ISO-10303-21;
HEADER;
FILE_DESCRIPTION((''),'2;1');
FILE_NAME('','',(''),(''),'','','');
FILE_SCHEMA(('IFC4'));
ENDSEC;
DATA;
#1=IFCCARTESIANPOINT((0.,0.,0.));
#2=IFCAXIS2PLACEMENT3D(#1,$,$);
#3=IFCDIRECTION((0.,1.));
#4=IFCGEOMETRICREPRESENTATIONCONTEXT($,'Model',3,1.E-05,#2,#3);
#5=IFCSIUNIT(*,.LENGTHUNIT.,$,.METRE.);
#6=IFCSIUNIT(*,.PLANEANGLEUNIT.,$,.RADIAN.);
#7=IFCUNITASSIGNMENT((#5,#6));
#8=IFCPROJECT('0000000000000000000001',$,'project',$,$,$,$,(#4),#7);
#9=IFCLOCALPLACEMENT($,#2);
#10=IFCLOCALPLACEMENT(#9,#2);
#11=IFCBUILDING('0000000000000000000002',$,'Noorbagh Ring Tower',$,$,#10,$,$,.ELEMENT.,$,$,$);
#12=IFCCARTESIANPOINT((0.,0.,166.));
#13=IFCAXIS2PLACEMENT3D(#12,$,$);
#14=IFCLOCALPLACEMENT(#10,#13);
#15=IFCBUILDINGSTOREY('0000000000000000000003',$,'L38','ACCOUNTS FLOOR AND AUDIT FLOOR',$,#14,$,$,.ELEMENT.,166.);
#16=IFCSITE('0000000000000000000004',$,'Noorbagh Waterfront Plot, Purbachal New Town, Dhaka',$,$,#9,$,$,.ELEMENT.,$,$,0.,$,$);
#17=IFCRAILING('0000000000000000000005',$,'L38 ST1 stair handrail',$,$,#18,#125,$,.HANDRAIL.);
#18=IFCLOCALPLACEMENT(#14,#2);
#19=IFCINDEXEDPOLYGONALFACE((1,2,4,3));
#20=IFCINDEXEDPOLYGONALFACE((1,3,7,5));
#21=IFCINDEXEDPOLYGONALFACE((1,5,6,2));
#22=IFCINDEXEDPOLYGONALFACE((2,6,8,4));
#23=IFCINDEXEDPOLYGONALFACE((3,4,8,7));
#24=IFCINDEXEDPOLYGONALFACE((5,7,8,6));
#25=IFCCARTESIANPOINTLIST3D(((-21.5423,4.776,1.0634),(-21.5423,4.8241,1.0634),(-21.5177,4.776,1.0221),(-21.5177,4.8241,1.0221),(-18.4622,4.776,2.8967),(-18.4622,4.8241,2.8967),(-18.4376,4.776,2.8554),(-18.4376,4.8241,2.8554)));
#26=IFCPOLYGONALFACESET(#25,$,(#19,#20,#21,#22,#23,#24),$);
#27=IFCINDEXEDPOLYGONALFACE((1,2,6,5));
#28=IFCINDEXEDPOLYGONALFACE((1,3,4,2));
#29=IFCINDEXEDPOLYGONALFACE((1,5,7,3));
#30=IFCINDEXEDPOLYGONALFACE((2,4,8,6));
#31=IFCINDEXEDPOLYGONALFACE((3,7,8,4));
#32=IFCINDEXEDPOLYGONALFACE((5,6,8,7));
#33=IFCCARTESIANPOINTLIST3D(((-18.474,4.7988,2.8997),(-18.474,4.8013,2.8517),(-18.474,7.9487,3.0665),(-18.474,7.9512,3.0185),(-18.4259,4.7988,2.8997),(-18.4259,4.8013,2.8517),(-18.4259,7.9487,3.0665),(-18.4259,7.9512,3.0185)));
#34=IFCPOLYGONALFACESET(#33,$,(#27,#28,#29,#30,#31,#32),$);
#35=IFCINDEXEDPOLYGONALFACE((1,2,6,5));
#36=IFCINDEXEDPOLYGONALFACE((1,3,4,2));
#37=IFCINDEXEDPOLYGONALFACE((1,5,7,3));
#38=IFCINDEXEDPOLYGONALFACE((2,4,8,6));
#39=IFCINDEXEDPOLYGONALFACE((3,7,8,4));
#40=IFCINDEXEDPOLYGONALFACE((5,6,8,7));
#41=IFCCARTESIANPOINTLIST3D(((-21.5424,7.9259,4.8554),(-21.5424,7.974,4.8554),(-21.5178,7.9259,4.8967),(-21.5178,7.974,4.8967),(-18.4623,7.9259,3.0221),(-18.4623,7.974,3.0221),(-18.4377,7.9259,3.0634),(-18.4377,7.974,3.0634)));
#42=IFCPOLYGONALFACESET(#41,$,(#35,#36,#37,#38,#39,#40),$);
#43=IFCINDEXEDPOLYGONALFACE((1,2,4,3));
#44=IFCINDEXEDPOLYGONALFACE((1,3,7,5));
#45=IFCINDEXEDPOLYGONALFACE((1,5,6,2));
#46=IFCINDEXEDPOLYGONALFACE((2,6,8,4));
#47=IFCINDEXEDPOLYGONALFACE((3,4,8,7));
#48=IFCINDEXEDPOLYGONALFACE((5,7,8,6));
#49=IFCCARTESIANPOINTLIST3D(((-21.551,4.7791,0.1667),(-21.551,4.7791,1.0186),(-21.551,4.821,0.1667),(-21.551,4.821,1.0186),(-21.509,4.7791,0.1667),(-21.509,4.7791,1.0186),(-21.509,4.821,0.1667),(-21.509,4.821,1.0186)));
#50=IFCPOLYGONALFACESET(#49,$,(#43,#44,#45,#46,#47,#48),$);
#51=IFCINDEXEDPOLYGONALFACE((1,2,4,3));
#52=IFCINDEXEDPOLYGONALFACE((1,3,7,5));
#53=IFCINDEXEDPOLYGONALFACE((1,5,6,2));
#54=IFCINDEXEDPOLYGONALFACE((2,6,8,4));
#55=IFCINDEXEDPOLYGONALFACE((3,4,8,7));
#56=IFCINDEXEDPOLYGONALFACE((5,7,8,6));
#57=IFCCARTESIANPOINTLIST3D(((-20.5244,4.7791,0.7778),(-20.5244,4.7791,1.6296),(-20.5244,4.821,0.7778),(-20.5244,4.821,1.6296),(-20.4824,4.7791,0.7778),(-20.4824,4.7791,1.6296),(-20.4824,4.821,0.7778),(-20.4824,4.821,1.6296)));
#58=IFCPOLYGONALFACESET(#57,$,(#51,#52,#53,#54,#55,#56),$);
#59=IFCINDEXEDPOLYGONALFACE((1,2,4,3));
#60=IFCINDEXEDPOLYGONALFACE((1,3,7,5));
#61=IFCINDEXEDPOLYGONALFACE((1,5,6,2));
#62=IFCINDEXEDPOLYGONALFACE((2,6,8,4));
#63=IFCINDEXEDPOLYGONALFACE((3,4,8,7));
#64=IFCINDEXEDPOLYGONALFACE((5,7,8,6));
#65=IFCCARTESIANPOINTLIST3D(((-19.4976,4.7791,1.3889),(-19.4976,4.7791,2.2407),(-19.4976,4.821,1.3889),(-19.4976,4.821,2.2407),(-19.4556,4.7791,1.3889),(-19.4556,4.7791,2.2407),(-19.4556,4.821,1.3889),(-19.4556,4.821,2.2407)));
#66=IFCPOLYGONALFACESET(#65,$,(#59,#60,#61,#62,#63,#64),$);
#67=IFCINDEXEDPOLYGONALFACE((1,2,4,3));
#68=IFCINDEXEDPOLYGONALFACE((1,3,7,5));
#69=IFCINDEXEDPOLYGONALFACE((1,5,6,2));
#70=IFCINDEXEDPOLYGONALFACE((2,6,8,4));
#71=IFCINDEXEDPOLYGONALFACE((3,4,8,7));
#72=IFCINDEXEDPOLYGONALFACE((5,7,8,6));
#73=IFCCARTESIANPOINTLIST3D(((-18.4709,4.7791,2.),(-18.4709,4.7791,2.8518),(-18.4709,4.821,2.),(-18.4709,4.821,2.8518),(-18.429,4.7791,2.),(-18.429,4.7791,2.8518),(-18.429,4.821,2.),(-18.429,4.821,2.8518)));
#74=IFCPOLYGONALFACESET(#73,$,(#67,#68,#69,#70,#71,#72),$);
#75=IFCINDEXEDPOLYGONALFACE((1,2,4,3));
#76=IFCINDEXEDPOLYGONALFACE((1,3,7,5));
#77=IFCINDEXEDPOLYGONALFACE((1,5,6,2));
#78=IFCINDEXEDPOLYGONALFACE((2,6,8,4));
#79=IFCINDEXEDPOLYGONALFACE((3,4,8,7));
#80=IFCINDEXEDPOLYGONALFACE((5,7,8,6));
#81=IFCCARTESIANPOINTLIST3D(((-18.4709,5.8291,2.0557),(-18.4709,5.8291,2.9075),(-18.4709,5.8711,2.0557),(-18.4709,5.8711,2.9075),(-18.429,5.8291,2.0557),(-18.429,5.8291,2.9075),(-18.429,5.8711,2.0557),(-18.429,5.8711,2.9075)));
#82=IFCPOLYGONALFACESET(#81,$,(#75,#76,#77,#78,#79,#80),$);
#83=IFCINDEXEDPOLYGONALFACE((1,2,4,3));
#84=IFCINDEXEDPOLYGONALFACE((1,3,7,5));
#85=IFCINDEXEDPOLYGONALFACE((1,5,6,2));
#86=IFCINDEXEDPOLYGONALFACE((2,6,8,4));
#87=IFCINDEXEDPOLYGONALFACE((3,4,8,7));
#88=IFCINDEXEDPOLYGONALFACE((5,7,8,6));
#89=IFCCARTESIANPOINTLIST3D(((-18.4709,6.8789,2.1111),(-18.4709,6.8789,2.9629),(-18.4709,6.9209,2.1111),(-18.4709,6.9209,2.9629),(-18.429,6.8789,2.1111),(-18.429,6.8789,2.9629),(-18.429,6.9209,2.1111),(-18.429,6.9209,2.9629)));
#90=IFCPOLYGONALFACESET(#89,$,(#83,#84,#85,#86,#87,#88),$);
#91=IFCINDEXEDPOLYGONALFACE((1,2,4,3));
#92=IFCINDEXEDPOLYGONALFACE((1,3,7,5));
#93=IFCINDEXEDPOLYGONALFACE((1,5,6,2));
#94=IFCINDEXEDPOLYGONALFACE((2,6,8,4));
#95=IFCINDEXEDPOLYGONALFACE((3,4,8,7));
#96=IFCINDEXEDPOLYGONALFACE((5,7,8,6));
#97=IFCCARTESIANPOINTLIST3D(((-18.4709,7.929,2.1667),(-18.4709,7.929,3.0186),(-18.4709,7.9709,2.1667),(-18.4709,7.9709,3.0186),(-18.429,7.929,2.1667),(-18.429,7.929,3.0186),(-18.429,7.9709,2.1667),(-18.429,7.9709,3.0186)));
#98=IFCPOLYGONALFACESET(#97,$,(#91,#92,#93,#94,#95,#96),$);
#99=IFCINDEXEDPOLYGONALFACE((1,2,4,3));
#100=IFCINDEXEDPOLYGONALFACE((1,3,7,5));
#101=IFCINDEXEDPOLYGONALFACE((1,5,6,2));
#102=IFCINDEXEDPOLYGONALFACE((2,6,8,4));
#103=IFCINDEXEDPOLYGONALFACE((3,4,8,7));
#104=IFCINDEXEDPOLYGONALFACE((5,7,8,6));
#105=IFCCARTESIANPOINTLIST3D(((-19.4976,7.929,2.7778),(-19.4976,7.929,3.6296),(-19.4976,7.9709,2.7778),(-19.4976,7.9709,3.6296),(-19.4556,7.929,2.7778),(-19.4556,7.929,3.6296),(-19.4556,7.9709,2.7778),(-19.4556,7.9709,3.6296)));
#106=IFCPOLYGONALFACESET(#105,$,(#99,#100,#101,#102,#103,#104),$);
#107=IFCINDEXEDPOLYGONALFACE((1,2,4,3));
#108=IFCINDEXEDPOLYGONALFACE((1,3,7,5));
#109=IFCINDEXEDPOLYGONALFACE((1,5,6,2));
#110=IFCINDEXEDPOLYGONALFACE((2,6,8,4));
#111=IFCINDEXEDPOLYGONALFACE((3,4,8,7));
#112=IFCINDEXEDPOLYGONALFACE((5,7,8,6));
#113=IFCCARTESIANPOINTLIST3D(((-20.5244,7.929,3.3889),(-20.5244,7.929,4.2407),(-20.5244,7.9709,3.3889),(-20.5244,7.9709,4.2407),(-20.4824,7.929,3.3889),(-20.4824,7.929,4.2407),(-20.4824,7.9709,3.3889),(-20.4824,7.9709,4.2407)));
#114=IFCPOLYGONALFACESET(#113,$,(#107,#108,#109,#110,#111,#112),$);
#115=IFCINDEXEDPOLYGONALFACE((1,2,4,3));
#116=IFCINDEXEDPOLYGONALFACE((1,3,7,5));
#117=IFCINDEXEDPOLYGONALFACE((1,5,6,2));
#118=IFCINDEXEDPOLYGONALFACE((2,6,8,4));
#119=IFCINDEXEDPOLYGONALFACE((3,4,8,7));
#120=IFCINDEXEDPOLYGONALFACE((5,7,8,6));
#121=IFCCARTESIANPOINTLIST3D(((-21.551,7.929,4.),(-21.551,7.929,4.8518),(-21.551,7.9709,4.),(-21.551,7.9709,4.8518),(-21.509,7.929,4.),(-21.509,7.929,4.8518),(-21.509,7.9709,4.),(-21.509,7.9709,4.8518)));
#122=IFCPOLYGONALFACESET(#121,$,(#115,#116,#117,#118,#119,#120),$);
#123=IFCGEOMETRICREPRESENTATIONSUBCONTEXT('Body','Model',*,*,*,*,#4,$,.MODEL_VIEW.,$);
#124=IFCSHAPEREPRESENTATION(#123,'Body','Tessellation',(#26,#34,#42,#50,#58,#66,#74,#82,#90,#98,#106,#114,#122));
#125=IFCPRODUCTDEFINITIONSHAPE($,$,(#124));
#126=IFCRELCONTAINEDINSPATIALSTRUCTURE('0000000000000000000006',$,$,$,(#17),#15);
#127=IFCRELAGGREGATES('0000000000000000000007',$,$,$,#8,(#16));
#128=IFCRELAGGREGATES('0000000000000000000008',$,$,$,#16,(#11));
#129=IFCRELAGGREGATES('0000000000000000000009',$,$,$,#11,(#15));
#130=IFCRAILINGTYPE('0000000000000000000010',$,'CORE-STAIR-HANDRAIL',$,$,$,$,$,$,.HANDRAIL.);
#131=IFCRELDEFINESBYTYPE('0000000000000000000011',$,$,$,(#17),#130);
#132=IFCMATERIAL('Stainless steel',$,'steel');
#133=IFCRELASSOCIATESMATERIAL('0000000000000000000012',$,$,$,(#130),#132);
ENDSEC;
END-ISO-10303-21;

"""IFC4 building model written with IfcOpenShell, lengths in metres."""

from ifc_helpers import new_model, si_unit, direction, frame, origin, origin_2d, place, context, subcontext, project, spatial, rectangle, extrude, material, type_object, element, save


model = new_model("IFC4")

# Units and contexts
model_context = context("Model", 3, precision=1e-05, world=origin(), true_north=direction((0.0, 1.0)))
body_context = subcontext(model_context, "Body", "Model", "MODEL_VIEW")
ifc_project = project(units=[si_unit("LENGTHUNIT", "METRE"), si_unit("PLANEANGLEUNIT", "RADIAN")], contexts=[model_context])

# Site, building, storey
site_placement = place(None, origin())
site = spatial("IfcSite", under=ifc_project, at=site_placement, Name="Noorbagh Waterfront Plot, Purbachal New Town, Dhaka", CompositionType="ELEMENT", RefElevation=0.0)
building_placement = place(site_placement, origin())
building = spatial("IfcBuilding", under=site, at=building_placement, Name="Noorbagh Ring Tower", CompositionType="ELEMENT")
storey_placement = place(building_placement, frame((0.0, 0.0, 166.0)))
storey = spatial("IfcBuildingStorey", under=building, at=storey_placement, Name="L38", Description="ACCOUNTS FLOOR AND AUDIT FLOOR", CompositionType="ELEMENT", Elevation=166.0)

# Railing
ifc_material_1 = material(Name="Stainless steel", Category="steel")
railing_type_1 = type_object("IfcRailingType", Name="CORE-STAIR-HANDRAIL", PredefinedType="HANDRAIL", material=ifc_material_1)
railing_1_placement = place(storey_placement, frame((-21.53, 4.8, 0.1667)))
element("IfcRailing", 1, at=railing_1_placement, inside=storey, type_object=railing_type_1, Name="L38 ST1 stair handrail", PredefinedType="HANDRAIL", context=body_context, shape_type="SweptSolid", body=[
    extrude(rectangle(XDim=0.0481, YDim=0.0481, at=origin_2d()), frame((0.0, 0.0, 0.876), z_axis=(0.859309, 0.0, 0.511458), x_axis=(0.0, 1.0, 0.0)), (0.0, 0.0, 1.0), 3.5845),
    extrude(rectangle(XDim=0.0481, YDim=0.0481, at=origin_2d()), frame((3.0801, 0.0, 2.709), z_axis=(0.0, 0.998602, 0.052864), x_axis=(-1.0, 0.0, 0.0)), (0.0, 0.0, 1.0), 3.1543),
    extrude(rectangle(XDim=0.0481, YDim=0.0481, at=origin_2d()), frame((3.0801, 3.1499, 2.876), z_axis=(-0.859309, 0.0, 0.511458), x_axis=(0.0, -1.0, 0.0)), (0.0, 0.0, 1.0), 3.5845),
    extrude(rectangle(XDim=0.042, YDim=0.042, at=origin_2d()), origin(), (0.0, 0.0, 1.0), 0.8518),
    extrude(rectangle(XDim=0.042, YDim=0.042, at=origin_2d()), frame((1.0266, 0.0, 0.6111)), (0.0, 0.0, 1.0), 0.8518),
    extrude(rectangle(XDim=0.042, YDim=0.042, at=origin_2d()), frame((2.0535, 0.0, 1.2222)), (0.0, 0.0, 1.0), 0.8518),
    extrude(rectangle(XDim=0.042, YDim=0.042, at=origin_2d()), frame((3.0801, 0.0, 1.8333)), (0.0, 0.0, 1.0), 0.8518),
    extrude(rectangle(XDim=0.042, YDim=0.042, at=origin_2d()), frame((3.0801, 1.05, 1.8889)), (0.0, 0.0, 1.0), 0.8518),
    extrude(rectangle(XDim=0.042, YDim=0.042, at=origin_2d()), frame((3.0801, 2.0999, 1.9443)), (0.0, 0.0, 1.0), 0.8518),
    extrude(rectangle(XDim=0.042, YDim=0.042, at=origin_2d()), frame((3.0801, 3.1499, 2.0)), (0.0, 0.0, 1.0), 0.8518),
    extrude(rectangle(XDim=0.042, YDim=0.042, at=origin_2d()), frame((2.0535, 3.1499, 2.6111)), (0.0, 0.0, 1.0), 0.8518),
    extrude(rectangle(XDim=0.042, YDim=0.042, at=origin_2d()), frame((1.0266, 3.1499, 3.2222)), (0.0, 0.0, 1.0), 0.8518),
    extrude(rectangle(XDim=0.042, YDim=0.042, at=origin_2d()), frame((0.0, 3.1499, 3.8333)), (0.0, 0.0, 1.0), 0.8518),
])

save(model, "model.ifc")
